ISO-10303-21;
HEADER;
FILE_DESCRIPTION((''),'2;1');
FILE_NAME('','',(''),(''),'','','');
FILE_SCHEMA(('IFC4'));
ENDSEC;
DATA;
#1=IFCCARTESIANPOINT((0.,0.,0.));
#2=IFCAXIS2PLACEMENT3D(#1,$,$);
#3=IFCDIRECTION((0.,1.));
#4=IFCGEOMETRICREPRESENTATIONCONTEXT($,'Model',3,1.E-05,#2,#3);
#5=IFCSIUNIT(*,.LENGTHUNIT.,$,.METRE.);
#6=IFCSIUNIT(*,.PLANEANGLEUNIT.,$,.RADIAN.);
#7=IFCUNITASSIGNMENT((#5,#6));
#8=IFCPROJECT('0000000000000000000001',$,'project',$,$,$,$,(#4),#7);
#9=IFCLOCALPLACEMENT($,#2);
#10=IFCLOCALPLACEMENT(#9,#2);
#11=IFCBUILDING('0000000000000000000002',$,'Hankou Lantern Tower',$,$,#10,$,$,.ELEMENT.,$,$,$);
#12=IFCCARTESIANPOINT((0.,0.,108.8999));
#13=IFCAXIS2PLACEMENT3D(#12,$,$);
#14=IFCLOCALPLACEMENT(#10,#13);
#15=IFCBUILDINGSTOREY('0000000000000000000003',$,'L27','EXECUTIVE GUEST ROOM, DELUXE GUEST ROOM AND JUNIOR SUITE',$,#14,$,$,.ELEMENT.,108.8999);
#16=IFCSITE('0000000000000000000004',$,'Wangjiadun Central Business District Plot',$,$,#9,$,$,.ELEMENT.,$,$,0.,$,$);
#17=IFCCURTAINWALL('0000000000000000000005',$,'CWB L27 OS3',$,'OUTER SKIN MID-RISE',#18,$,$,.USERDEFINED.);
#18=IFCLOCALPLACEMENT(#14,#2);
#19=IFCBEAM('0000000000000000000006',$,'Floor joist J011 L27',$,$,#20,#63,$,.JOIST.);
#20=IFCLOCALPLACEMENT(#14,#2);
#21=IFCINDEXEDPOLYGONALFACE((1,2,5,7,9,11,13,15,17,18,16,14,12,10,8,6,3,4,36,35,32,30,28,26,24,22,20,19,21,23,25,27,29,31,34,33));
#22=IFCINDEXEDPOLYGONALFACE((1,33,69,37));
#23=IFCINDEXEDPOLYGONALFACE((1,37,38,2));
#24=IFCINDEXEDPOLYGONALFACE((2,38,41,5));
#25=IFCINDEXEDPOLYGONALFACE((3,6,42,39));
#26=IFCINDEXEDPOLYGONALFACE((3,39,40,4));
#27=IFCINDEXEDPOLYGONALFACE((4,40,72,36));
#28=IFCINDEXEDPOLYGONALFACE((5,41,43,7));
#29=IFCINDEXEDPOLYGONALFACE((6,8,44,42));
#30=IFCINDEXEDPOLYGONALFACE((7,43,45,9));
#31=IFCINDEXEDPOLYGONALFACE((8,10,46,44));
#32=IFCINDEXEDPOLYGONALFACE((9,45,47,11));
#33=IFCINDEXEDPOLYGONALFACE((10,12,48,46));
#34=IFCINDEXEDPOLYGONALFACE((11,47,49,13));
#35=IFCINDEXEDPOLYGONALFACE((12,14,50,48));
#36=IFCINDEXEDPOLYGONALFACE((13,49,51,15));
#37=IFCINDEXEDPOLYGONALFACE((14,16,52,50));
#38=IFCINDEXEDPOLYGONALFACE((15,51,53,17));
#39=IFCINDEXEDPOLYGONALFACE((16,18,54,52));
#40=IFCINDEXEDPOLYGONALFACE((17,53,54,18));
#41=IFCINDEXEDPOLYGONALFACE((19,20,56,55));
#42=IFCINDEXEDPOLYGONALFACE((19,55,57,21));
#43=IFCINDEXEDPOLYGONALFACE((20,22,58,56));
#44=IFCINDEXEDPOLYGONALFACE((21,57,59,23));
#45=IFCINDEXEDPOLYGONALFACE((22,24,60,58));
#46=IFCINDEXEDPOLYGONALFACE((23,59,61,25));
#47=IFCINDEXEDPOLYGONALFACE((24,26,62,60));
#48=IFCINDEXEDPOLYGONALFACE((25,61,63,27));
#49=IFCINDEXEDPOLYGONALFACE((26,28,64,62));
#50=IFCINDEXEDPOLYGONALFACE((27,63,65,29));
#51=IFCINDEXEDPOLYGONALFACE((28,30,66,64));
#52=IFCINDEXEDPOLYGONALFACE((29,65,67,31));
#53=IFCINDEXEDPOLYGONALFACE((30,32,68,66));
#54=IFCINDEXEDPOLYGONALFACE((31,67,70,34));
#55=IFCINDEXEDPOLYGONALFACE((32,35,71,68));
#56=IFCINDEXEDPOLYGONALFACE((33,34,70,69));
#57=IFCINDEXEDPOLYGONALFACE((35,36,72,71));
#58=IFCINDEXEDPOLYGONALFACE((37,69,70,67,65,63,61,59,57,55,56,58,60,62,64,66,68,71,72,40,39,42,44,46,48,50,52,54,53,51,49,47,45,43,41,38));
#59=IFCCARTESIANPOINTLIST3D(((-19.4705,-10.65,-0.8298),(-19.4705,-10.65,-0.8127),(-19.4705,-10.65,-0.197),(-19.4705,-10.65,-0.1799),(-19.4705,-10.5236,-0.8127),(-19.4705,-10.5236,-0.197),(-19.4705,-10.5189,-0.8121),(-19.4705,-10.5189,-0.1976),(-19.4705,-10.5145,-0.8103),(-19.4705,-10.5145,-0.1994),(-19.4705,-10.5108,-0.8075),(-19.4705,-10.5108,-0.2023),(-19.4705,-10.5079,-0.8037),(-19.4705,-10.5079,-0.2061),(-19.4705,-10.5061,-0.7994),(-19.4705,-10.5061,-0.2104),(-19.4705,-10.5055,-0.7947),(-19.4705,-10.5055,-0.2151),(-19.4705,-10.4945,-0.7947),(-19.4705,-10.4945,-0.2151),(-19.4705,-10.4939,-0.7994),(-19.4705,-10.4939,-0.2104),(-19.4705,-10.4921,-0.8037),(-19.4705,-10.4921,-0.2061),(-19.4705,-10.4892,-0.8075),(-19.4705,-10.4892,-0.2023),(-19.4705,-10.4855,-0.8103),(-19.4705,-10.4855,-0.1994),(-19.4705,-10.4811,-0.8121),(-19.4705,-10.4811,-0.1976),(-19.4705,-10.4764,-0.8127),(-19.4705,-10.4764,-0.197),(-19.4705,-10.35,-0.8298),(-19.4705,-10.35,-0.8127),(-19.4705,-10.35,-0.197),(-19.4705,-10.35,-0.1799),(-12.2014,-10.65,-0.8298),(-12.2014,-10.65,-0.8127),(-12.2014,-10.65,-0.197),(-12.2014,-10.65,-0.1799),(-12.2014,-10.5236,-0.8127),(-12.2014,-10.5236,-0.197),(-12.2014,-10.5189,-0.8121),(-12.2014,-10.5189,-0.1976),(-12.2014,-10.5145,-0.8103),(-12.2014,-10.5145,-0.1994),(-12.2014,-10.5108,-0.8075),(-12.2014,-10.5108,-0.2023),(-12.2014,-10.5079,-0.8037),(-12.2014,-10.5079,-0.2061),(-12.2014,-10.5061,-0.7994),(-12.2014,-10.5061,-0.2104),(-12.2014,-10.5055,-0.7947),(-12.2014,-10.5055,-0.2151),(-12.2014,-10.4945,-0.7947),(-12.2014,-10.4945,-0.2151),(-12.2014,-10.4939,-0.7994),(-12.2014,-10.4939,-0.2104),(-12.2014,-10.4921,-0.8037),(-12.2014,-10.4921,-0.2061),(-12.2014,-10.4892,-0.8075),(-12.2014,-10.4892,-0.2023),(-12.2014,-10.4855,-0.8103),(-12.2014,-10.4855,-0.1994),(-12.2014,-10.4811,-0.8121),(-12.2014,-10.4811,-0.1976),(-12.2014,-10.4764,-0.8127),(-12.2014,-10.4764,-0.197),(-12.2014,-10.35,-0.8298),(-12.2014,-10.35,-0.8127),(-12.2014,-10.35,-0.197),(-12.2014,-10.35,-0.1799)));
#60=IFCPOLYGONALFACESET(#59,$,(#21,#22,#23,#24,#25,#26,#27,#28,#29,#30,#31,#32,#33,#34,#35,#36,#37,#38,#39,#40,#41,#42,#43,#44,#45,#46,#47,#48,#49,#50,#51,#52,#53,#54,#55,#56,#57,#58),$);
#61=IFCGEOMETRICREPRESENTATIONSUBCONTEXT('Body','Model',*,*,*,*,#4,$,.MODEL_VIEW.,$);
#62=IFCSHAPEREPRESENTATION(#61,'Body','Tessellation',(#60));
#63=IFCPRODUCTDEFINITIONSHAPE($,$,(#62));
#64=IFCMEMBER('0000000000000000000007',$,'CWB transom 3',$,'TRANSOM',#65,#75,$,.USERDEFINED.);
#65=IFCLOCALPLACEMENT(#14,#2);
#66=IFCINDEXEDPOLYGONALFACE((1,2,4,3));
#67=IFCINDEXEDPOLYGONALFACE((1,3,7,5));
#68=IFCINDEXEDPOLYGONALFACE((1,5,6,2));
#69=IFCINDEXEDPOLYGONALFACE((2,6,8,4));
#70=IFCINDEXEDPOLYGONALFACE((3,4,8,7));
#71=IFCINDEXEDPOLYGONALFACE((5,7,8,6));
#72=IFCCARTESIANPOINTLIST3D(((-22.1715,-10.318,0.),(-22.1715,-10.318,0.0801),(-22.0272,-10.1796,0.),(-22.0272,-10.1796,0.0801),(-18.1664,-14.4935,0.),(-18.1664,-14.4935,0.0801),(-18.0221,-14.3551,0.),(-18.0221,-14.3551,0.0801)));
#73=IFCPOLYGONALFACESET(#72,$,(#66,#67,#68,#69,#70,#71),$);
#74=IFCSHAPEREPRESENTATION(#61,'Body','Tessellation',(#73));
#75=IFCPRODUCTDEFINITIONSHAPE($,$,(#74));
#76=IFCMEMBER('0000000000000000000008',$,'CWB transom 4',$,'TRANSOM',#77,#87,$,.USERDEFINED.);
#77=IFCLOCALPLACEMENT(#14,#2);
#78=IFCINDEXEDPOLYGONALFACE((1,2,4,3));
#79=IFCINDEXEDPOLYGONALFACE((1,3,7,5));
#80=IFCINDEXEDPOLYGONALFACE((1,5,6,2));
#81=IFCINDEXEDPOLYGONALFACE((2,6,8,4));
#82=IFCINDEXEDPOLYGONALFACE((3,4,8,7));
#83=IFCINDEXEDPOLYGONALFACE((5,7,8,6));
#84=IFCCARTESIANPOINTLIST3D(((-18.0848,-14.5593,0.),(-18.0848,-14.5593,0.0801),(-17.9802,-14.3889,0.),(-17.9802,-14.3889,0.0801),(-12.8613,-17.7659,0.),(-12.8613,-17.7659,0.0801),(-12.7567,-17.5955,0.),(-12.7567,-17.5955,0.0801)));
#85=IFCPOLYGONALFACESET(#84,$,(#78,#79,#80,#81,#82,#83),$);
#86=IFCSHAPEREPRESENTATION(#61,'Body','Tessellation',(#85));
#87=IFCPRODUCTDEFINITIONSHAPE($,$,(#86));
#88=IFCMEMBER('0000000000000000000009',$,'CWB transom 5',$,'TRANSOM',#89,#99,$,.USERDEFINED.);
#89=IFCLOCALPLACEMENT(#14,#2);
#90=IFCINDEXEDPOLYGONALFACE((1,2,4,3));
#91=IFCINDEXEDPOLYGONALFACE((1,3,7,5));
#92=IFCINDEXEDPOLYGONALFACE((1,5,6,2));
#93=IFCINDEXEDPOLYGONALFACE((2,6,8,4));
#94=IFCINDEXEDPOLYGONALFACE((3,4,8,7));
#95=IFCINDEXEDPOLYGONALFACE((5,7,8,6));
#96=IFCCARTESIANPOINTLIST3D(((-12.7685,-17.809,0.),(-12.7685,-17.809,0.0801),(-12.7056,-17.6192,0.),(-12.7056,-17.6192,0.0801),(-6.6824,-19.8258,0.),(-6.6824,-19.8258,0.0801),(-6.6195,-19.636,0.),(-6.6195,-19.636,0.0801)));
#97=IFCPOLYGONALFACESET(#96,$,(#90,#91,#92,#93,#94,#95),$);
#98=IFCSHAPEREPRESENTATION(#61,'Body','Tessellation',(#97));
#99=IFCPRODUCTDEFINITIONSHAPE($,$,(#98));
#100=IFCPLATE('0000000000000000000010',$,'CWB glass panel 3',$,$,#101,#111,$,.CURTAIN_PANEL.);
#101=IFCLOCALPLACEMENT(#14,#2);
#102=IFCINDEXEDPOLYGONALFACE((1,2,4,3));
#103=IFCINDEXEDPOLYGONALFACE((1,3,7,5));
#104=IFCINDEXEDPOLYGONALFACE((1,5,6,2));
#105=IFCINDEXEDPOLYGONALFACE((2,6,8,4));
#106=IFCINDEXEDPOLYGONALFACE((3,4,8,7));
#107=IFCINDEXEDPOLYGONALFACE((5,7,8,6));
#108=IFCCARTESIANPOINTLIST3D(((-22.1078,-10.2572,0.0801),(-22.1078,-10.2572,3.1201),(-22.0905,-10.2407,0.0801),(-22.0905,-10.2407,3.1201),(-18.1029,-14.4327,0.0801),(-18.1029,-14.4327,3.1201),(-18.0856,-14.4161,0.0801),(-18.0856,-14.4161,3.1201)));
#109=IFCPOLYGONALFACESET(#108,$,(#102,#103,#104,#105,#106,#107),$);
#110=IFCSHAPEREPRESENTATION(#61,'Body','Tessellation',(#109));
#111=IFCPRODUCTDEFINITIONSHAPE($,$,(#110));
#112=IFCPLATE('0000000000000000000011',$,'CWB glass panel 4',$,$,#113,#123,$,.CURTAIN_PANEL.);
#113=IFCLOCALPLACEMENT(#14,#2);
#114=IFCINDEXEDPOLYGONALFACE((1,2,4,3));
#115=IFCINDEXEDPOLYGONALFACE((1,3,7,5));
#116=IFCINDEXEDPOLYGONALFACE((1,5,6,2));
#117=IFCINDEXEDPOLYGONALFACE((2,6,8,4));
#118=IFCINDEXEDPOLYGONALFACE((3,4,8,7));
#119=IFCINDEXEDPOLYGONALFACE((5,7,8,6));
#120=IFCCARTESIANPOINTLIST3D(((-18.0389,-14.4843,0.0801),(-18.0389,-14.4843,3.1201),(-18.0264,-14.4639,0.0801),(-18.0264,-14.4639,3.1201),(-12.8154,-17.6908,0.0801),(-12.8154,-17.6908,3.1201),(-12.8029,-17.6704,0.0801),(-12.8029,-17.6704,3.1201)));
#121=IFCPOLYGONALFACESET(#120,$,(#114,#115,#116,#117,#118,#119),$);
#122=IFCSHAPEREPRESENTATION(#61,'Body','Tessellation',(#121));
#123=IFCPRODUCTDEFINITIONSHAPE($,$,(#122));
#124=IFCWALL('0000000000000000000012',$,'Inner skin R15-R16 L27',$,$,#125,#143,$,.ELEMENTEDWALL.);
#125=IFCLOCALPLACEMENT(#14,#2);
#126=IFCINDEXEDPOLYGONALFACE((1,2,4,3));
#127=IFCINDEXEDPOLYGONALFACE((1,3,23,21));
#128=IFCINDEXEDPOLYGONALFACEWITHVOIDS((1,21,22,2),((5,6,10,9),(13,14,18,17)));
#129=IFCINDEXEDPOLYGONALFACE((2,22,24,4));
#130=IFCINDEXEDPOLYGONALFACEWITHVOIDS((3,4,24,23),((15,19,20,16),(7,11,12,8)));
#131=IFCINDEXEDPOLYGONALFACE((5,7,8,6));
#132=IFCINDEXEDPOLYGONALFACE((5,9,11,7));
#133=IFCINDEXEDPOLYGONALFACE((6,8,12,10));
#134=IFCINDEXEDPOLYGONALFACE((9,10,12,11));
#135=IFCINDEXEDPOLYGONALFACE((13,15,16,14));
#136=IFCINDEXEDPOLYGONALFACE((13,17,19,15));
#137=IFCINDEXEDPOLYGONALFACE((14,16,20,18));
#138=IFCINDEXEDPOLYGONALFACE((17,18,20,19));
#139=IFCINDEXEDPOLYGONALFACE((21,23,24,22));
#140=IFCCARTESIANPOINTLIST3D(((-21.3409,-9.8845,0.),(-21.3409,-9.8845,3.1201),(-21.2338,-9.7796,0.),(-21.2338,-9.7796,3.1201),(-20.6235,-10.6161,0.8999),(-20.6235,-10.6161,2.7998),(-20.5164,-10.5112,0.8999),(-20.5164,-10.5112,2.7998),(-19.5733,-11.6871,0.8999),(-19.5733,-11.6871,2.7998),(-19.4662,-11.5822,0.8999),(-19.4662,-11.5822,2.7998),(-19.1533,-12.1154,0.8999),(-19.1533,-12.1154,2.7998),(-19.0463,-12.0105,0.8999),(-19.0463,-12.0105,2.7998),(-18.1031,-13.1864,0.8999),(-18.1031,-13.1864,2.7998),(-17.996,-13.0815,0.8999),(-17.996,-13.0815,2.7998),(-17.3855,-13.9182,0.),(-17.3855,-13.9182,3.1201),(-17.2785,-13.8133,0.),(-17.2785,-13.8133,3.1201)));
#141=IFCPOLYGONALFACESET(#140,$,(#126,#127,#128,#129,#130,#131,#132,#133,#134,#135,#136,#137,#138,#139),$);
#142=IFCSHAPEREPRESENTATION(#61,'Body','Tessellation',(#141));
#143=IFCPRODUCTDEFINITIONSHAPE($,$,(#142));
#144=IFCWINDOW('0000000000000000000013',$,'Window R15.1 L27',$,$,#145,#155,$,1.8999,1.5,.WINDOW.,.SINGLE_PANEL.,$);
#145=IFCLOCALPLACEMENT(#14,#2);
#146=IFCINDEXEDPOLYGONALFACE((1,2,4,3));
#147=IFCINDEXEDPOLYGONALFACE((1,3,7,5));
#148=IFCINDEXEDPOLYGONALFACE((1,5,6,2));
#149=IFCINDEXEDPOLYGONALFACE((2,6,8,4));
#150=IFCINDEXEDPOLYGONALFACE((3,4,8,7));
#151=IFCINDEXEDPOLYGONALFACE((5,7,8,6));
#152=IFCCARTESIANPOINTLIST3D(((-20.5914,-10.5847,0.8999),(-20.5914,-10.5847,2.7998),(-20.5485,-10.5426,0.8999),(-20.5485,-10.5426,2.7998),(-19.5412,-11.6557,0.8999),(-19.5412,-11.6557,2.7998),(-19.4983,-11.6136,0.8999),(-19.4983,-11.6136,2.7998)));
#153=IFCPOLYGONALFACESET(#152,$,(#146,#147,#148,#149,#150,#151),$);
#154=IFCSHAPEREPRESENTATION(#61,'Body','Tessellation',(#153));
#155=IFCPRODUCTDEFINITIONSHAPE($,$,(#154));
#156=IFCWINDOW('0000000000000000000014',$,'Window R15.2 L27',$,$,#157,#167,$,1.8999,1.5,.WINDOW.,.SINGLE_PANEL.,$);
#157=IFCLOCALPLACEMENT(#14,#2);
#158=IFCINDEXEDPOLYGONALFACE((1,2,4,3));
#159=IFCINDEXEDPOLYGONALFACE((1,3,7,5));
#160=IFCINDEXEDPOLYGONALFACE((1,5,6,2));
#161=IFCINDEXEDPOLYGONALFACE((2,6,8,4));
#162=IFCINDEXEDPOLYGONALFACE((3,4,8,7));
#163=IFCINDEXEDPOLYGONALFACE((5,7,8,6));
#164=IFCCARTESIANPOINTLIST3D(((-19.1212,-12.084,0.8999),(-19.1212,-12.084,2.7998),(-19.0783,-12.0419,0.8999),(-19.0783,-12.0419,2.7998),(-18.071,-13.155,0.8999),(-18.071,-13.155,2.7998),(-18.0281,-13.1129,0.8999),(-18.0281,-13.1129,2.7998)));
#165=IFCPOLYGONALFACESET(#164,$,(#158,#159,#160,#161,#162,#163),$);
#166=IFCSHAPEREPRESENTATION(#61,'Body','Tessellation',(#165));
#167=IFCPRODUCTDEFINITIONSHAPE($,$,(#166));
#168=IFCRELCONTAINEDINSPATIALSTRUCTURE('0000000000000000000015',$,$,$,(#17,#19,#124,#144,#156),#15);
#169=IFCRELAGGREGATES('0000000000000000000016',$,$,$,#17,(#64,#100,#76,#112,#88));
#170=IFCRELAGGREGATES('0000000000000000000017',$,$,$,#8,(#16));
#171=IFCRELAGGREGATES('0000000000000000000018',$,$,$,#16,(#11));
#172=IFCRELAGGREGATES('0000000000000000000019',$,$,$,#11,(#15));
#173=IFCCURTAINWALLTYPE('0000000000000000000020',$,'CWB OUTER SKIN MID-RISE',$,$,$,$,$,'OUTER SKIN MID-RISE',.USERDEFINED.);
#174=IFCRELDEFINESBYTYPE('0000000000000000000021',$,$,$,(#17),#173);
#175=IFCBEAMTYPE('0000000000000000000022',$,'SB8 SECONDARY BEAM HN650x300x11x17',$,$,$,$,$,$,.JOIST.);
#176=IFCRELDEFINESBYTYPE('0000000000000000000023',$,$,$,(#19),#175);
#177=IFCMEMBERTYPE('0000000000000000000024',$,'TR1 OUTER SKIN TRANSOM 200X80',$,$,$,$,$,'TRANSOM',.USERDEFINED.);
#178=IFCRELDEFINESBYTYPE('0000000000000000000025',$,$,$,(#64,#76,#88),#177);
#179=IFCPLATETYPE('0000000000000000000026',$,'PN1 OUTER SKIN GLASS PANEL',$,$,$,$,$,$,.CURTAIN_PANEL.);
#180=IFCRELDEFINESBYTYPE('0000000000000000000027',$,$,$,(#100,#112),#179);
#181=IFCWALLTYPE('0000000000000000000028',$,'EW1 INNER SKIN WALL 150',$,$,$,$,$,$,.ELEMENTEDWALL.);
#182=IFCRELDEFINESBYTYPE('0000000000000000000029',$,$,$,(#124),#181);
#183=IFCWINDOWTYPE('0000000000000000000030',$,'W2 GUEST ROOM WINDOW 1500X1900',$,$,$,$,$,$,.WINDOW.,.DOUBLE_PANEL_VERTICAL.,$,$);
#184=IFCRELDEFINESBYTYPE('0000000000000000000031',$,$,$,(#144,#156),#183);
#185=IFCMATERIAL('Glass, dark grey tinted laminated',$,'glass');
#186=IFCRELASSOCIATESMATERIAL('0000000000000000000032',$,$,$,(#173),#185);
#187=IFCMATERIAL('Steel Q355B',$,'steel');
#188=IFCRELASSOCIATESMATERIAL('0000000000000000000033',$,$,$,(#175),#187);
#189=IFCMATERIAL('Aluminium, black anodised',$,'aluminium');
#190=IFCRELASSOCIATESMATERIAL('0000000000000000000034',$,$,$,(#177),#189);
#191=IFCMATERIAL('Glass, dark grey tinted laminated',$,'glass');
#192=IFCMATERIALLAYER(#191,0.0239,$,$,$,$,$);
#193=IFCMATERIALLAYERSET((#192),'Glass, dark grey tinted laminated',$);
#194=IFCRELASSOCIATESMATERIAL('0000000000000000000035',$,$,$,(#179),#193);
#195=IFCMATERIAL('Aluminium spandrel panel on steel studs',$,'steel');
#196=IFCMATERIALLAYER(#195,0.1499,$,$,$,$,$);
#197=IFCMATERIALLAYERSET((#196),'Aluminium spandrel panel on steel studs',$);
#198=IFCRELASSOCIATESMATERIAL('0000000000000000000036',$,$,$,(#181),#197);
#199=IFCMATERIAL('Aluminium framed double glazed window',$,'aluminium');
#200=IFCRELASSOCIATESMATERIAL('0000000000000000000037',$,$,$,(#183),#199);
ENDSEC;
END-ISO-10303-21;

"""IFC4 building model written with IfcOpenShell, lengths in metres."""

from ifc_helpers import new_model, si_unit, direction, frame, frame_2d, origin, origin_2d, place, context, subcontext, project, spatial, rectangle, i_section, extrude, material, layer, layer_set, material_profile, profile_set, type_object, element, fill, aggregate, save


model = new_model("IFC4")

# Units and contexts
model_context = context("Model", 3, precision=1e-05, world=origin(), true_north=direction((0.0, 1.0)))
body_context = subcontext(model_context, "Body", "Model", "MODEL_VIEW")
ifc_project = project(units=[si_unit("LENGTHUNIT", "METRE"), si_unit("PLANEANGLEUNIT", "RADIAN")], contexts=[model_context])

# Site, building, storey
site_placement = place(None, origin())
site = spatial("IfcSite", under=ifc_project, at=site_placement, Name="Wangjiadun Central Business District Plot", CompositionType="ELEMENT", RefElevation=0.0)
building_placement = place(site_placement, origin())
building = spatial("IfcBuilding", under=site, at=building_placement, Name="Hankou Lantern Tower", CompositionType="ELEMENT")
storey_placement = place(building_placement, frame((0.0, 0.0, 108.8999)))
storey = spatial("IfcBuildingStorey", under=building, at=storey_placement, Name="L27", Description="EXECUTIVE GUEST ROOM, DELUXE GUEST ROOM AND JUNIOR SUITE", CompositionType="ELEMENT", Elevation=108.8999)

# Curtain wall
ifc_material_1 = material(Name="Glass, dark grey tinted laminated", Category="glass")
curtain_wall_type = type_object("IfcCurtainWallType", Name="CWB OUTER SKIN MID-RISE", ElementType="OUTER SKIN MID-RISE", PredefinedType="USERDEFINED", material=ifc_material_1)
curtain_wall_placement = place(storey_placement, origin())
curtain_wall = element("IfcCurtainWall", 1, at=curtain_wall_placement, inside=storey, type_object=curtain_wall_type, Name="CWB L27 OS3", ObjectType="OUTER SKIN MID-RISE", PredefinedType="USERDEFINED")

# Beam
ifc_material_2 = material(Name="Steel Q355B", Category="steel")
ifc_material_profile_1 = material_profile(ifc_material_2, i_section(OverallWidth=0.3, OverallDepth=0.6499, WebThickness=0.011, FlangeThickness=0.0171, FilletRadius=0.0181, at=origin_2d()), Name="HN650x300x11x17")
ifc_profile_set_1 = profile_set([ifc_material_profile_1], Name="Steel Q355B")
beam_type_1 = type_object("IfcBeamType", Name="SB8 SECONDARY BEAM HN650x300x11x17", PredefinedType="JOIST", material=ifc_profile_set_1)
beam_1_placement = place(storey_placement, frame((-19.4705, -10.5, -0.5049), z_axis=(1.0, 0.0, 0.0), x_axis=(0.0, 1.0, 0.0)))
element("IfcBeam", 2, at=beam_1_placement, inside=storey, type_object=beam_type_1, Name="Floor joist J011 L27", PredefinedType="JOIST", context=body_context, shape_type="SweptSolid", body=[
    extrude(i_section(OverallWidth=0.3, OverallDepth=0.6499, WebThickness=0.011, FlangeThickness=0.0171, FilletRadius=0.0181, at=origin_2d()), origin(), (0.0, 0.0, 1.0), 7.269),
])

# Members
ifc_material_3 = material(Name="Aluminium, black anodised", Category="aluminium")
ifc_material_profile_2 = material_profile(ifc_material_3, rectangle(XDim=0.2, YDim=0.0801, at=origin_2d()), Name="TR1 200X80")
ifc_profile_set_2 = profile_set([ifc_material_profile_2], Name="Aluminium, black anodised")
member_type_1 = type_object("IfcMemberType", Name="TR1 OUTER SKIN TRANSOM 200X80", ElementType="TRANSOM", PredefinedType="USERDEFINED", material=ifc_profile_set_2)
member_1_placement = place(storey_placement, frame((-22.0994, -10.2488, 0.04), z_axis=(0.692227, -0.72168, 0.0), x_axis=(0.72168, 0.692227, 0.0)))
member_1 = element("IfcMember", 3, at=member_1_placement, type_object=member_type_1, Name="CWB transom 3", ObjectType="TRANSOM", PredefinedType="USERDEFINED", context=body_context, shape_type="SweptSolid", body=[
    extrude(rectangle(XDim=0.2, YDim=0.0801, at=origin_2d()), origin(), (0.0, 0.0, 1.0), 5.7859),
])
member_2_placement = place(storey_placement, frame((-18.0325, -14.4741, 0.04), z_axis=(0.852229, -0.523168, 0.0), x_axis=(0.523168, 0.852229, 0.0)))
member_2 = element("IfcMember", 4, at=member_2_placement, type_object=member_type_1, Name="CWB transom 4", ObjectType="TRANSOM", PredefinedType="USERDEFINED", context=body_context, shape_type="SweptSolid", body=[
    extrude(rectangle(XDim=0.2, YDim=0.0801, at=origin_2d()), origin(), (0.0, 0.0, 1.0), 6.1292),
])
member_3_placement = place(storey_placement, frame((-12.7371, -17.7141, 0.04), z_axis=(0.949238, -0.314559, 0.0), x_axis=(0.314559, 0.949238, 0.0)))
member_3 = element("IfcMember", 5, at=member_3_placement, type_object=member_type_1, Name="CWB transom 5", ObjectType="TRANSOM", PredefinedType="USERDEFINED", context=body_context, shape_type="SweptSolid", body=[
    extrude(rectangle(XDim=0.2, YDim=0.0801, at=origin_2d()), origin(), (0.0, 0.0, 1.0), 6.4116),
])

# Plates
ifc_material_4 = material(Name="Glass, dark grey tinted laminated", Category="glass")
ifc_layer_1 = layer(ifc_material_4, 0.0239)
ifc_layer_set_1 = layer_set([ifc_layer_1], Name="Glass, dark grey tinted laminated")
plate_type = type_object("IfcPlateType", Name="PN1 OUTER SKIN GLASS PANEL", PredefinedType="CURTAIN_PANEL", material=ifc_layer_set_1)
plate_1_placement = place(storey_placement, frame((-20.0967, -12.3367, 0.0801), z_axis=(0.0, 0.0, 1.0), x_axis=(0.692216, -0.721691, 0.0)))
plate_1 = element("IfcPlate", 6, at=plate_1_placement, type_object=plate_type, Name="CWB glass panel 3", PredefinedType="CURTAIN_PANEL", context=body_context, shape_type="SweptSolid", body=[
    extrude(rectangle(XDim=5.7856, YDim=0.0239, at=origin_2d()), origin(), (0.0, 0.0, 1.0), 3.04),
])
plate_2_placement = place(storey_placement, frame((-15.4209, -16.0774, 0.0801), z_axis=(0.0, 0.0, 1.0), x_axis=(0.852237, -0.523156, 0.0)))
plate_2 = element("IfcPlate", 7, at=plate_2_placement, type_object=plate_type, Name="CWB glass panel 4", PredefinedType="CURTAIN_PANEL", context=body_context, shape_type="SweptSolid", body=[
    extrude(rectangle(XDim=6.1292, YDim=0.0239, at=origin_2d()), origin(), (0.0, 0.0, 1.0), 3.04),
])
aggregate(curtain_wall, [member_1, plate_1, member_2, plate_2, member_3])

# Wall, openings, windows
ifc_material_5 = material(Name="Aluminium spandrel panel on steel studs", Category="steel")
ifc_layer_2 = layer(ifc_material_5, 0.1499)
ifc_layer_set_2 = layer_set([ifc_layer_2], Name="Aluminium spandrel panel on steel studs")
wall_type_1 = type_object("IfcWallType", Name="EW1 INNER SKIN WALL 150", PredefinedType="ELEMENTEDWALL", material=ifc_layer_set_2)
wall_1_placement = place(storey_placement, frame((-21.2874, -9.832, 0.0), z_axis=(0.0, 0.0, 1.0), x_axis=(0.700137, -0.714009, 0.0)))
wall_1 = element("IfcWall", 8, at=wall_1_placement, inside=storey, type_object=wall_type_1, Name="Inner skin R15-R16 L27", PredefinedType="ELEMENTEDWALL", context=body_context, shape_type="SweptSolid", body=[
    extrude(rectangle(XDim=5.6494, YDim=0.1499, at=frame_2d((2.8247, 0.0))), origin(), (0.0, 0.0, 1.0), 3.1201),
])
opening_1_placement = place(wall_1_placement, frame((1.0247, 0.0, 0.8999)))
opening_1 = element("IfcOpeningElement", 9, at=opening_1_placement, cuts=wall_1, PredefinedType="OPENING", context=body_context, shape_type="SweptSolid", body=[
    extrude(rectangle(XDim=1.5, YDim=1.8999, at=frame_2d((0.75, 0.95))), frame((0.0, 0.085, 0.0), z_axis=(0.0, -1.0, 0.0), x_axis=(1.0, 0.0, 0.0)), (0.0, 0.0, 1.0), 0.1699),
])
opening_2_placement = place(wall_1_placement, frame((3.1245, 0.0, 0.8999)))
opening_2 = element("IfcOpeningElement", 10, at=opening_2_placement, cuts=wall_1, PredefinedType="OPENING", context=body_context, shape_type="SweptSolid", body=[
    extrude(rectangle(XDim=1.5, YDim=1.8999, at=frame_2d((0.75, 0.95))), frame((0.0, 0.085, 0.0), z_axis=(0.0, -1.0, 0.0), x_axis=(1.0, 0.0, 0.0)), (0.0, 0.0, 1.0), 0.1699),
])
ifc_material_6 = material(Name="Aluminium framed double glazed window", Category="aluminium")
window_type = type_object("IfcWindowType", Name="W2 GUEST ROOM WINDOW 1500X1900", PartitioningType="DOUBLE_PANEL_VERTICAL", PredefinedType="WINDOW", material=ifc_material_6)
window_1_placement = place(opening_1_placement, origin())
window_1 = element("IfcWindow", 11, at=window_1_placement, inside=storey, type_object=window_type, Name="Window R15.1 L27", OverallHeight=1.8999, OverallWidth=1.5, PartitioningType="SINGLE_PANEL", PredefinedType="WINDOW", context=body_context, shape_type="SweptSolid", body=[
    extrude(rectangle(XDim=1.5, YDim=1.8999, at=frame_2d((0.75, 0.95))), frame((0.0, 0.03, 0.0), z_axis=(0.0, -1.0, 0.0), x_axis=(1.0, 0.0, 0.0)), (0.0, 0.0, 1.0), 0.0601),
])
fill(opening_1, window_1)
window_2_placement = place(opening_2_placement, origin())
window_2 = element("IfcWindow", 12, at=window_2_placement, inside=storey, type_object=window_type, Name="Window R15.2 L27", OverallHeight=1.8999, OverallWidth=1.5, PartitioningType="SINGLE_PANEL", PredefinedType="WINDOW", context=body_context, shape_type="SweptSolid", body=[
    extrude(rectangle(XDim=1.5, YDim=1.8999, at=frame_2d((0.75, 0.95))), frame((0.0, 0.03, 0.0), z_axis=(0.0, -1.0, 0.0), x_axis=(1.0, 0.0, 0.0)), (0.0, 0.0, 1.0), 0.0601),
])
fill(opening_2, window_2)

save(model, "model.ifc")
